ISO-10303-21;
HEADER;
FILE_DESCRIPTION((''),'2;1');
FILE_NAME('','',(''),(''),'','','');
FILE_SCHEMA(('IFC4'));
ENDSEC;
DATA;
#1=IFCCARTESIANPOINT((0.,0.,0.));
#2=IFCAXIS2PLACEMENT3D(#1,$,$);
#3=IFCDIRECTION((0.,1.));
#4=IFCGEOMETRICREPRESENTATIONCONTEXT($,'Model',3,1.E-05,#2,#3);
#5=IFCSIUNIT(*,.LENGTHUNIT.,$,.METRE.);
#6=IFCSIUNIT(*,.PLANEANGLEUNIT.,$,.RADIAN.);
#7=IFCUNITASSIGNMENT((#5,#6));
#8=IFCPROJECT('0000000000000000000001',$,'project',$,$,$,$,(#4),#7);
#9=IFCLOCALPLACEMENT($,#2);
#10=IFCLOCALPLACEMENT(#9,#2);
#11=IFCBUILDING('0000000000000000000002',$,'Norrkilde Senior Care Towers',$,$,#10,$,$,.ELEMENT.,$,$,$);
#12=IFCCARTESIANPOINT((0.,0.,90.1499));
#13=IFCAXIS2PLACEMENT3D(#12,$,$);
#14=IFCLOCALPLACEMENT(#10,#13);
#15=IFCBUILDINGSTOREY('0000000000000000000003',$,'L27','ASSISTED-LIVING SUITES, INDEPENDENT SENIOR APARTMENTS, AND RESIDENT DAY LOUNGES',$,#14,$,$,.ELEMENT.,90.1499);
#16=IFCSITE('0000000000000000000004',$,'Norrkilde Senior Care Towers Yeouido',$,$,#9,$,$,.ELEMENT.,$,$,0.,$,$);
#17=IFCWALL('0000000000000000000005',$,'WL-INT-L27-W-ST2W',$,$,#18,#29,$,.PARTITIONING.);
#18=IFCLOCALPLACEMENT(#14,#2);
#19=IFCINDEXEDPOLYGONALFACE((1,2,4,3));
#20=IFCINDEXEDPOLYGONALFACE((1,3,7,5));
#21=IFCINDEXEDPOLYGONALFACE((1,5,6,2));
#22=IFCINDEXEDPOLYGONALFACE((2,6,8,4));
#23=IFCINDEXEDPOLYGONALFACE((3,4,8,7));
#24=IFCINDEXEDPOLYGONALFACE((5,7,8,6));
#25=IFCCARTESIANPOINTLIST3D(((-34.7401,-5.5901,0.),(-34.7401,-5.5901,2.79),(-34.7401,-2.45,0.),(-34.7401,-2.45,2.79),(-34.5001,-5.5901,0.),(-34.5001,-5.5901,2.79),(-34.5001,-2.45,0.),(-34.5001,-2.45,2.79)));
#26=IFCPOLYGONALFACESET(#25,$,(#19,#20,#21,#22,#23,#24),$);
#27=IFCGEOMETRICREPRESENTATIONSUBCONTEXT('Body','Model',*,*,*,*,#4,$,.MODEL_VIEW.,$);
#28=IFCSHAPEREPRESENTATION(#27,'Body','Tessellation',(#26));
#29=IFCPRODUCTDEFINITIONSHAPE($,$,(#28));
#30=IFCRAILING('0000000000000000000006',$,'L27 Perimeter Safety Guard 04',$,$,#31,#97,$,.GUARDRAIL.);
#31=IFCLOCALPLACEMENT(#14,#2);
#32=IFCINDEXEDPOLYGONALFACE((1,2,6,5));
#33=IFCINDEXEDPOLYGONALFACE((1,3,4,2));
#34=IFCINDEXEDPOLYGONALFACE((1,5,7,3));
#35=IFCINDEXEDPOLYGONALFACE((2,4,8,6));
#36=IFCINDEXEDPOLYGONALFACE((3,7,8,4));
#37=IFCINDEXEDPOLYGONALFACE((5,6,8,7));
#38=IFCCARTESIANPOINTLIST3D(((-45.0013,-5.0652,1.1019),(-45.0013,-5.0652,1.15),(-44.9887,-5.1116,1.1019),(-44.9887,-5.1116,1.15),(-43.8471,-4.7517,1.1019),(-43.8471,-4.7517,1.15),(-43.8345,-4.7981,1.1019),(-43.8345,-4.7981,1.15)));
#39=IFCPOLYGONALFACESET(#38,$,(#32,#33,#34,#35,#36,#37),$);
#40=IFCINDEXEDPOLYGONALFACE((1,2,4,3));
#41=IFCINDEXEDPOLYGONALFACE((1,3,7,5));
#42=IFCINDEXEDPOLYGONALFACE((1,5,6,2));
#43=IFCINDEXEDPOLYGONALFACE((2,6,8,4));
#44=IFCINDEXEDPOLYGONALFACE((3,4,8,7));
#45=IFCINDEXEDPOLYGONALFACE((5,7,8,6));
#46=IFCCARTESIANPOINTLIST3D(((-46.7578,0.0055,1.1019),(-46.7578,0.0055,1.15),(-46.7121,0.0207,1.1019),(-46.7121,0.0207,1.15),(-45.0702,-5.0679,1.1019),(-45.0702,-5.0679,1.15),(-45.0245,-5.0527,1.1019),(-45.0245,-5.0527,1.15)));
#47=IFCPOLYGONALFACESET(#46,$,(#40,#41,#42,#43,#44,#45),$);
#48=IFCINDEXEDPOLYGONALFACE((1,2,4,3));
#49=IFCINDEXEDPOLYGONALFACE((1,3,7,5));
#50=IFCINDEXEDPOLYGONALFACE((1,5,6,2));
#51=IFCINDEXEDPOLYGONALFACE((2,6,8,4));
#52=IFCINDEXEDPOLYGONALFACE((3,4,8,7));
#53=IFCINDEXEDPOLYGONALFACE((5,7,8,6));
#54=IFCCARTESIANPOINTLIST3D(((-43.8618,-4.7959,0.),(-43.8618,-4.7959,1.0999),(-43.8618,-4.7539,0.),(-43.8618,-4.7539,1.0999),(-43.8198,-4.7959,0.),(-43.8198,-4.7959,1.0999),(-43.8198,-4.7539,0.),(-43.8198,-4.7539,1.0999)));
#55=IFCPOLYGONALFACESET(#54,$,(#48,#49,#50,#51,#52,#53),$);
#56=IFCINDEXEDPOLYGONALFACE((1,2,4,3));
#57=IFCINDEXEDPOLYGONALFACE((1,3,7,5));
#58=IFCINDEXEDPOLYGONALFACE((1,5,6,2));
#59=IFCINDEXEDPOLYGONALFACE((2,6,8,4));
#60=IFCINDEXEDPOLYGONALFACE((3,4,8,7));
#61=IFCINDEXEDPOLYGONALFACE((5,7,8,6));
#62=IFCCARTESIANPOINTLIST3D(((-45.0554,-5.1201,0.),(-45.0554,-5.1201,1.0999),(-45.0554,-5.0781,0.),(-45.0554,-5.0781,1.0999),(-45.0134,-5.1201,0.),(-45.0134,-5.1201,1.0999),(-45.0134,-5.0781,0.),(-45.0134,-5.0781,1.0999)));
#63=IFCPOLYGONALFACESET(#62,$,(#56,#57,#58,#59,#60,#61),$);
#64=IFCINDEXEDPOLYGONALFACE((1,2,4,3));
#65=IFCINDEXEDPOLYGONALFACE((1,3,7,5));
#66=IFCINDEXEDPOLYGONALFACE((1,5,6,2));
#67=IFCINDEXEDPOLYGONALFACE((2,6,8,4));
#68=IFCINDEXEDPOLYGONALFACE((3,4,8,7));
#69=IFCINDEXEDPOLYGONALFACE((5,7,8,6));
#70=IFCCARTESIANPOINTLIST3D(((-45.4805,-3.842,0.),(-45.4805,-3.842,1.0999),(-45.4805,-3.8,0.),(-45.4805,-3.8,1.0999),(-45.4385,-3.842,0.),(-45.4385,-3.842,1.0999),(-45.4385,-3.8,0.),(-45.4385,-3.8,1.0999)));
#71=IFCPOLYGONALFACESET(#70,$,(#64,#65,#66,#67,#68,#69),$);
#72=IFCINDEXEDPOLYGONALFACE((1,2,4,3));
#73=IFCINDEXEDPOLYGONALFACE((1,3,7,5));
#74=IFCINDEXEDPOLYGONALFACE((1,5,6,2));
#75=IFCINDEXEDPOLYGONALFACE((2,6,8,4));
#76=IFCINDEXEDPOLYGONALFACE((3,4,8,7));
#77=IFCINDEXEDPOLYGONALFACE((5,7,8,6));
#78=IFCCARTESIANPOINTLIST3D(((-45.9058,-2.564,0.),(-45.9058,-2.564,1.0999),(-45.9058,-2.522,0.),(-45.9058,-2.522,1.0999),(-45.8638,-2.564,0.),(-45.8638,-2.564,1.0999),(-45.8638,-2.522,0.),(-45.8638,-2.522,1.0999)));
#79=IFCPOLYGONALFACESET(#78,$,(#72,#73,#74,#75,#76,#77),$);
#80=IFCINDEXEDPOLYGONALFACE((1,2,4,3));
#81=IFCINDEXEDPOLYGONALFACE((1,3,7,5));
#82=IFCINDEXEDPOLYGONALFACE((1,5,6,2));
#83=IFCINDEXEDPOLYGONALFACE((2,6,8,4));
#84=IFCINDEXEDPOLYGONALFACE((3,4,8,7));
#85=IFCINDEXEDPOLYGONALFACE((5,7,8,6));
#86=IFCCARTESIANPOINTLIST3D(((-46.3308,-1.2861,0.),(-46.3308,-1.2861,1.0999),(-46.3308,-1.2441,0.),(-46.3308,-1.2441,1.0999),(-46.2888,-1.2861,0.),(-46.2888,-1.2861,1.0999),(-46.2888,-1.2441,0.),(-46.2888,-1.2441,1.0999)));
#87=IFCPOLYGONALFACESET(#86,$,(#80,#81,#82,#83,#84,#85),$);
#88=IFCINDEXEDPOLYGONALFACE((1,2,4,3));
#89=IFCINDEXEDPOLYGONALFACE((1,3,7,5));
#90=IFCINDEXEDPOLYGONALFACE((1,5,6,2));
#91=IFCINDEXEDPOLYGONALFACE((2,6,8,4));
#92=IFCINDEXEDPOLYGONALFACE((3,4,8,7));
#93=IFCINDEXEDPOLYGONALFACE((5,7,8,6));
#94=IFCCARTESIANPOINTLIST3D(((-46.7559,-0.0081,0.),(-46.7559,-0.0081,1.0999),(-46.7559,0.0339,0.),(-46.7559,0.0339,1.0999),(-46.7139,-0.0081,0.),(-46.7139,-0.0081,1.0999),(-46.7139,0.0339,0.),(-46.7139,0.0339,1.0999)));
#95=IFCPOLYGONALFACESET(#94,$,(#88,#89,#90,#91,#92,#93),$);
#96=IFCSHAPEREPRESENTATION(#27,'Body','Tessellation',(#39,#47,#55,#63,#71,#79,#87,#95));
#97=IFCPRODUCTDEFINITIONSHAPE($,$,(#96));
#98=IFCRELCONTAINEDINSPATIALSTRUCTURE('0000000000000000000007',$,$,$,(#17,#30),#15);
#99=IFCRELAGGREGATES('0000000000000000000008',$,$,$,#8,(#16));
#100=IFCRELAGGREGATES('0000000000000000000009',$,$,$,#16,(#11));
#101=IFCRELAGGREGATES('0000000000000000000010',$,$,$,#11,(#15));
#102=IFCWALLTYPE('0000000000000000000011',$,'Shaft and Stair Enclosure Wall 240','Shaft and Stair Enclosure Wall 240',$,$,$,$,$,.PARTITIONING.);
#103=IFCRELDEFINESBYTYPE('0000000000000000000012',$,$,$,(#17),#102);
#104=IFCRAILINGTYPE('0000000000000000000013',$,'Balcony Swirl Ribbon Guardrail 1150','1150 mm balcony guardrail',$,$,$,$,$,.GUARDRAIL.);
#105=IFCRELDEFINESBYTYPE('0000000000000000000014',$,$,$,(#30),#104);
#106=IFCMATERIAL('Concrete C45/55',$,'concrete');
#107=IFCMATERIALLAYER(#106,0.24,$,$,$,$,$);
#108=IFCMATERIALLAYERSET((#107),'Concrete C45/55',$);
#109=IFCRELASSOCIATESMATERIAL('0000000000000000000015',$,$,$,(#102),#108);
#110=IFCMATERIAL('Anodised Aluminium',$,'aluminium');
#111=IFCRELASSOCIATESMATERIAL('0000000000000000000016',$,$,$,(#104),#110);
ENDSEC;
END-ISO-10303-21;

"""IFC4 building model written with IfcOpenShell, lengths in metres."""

from ifc_helpers import new_model, si_unit, direction, frame, frame_2d, origin, origin_2d, place, context, subcontext, project, spatial, rectangle, extrude, source, transform, mapped, material, layer, layer_set, type_object, element, save


model = new_model("IFC4")

# Units and contexts
model_context = context("Model", 3, precision=1e-05, world=origin(), true_north=direction((0.0, 1.0)))
body_context = subcontext(model_context, "Body", "Model", "MODEL_VIEW")
ifc_project = project(units=[si_unit("LENGTHUNIT", "METRE"), si_unit("PLANEANGLEUNIT", "RADIAN")], contexts=[model_context])

# Site, building, storey
site_placement = place(None, origin())
site = spatial("IfcSite", under=ifc_project, at=site_placement, Name="Norrkilde Senior Care Towers Yeouido", CompositionType="ELEMENT", RefElevation=0.0)
building_placement = place(site_placement, origin())
building = spatial("IfcBuilding", under=site, at=building_placement, Name="Norrkilde Senior Care Towers", CompositionType="ELEMENT")
storey_placement = place(building_placement, frame((0.0, 0.0, 90.1499)))
storey = spatial("IfcBuildingStorey", under=building, at=storey_placement, Name="L27", Description="ASSISTED-LIVING SUITES, INDEPENDENT SENIOR APARTMENTS, AND RESIDENT DAY LOUNGES", CompositionType="ELEMENT", Elevation=90.1499)

# Shared definitions
ifc_material_1 = material(Name="Anodised Aluminium", Category="aluminium")

# Shared definitions
ifc_material_2 = material(Name="Concrete C45/55", Category="concrete")
ifc_layer_1 = layer(ifc_material_2, 0.24)
ifc_layer_set_1 = layer_set([ifc_layer_1], Name="Concrete C45/55")
wall_type_1 = type_object("IfcWallType", Name="Shaft and Stair Enclosure Wall 240", Description="Shaft and Stair Enclosure Wall 240", PredefinedType="PARTITIONING", material=ifc_layer_set_1)

# Wall
shared_shape_1 = source(origin(), body_context, "Body", "SweptSolid", [
    extrude(rectangle(XDim=3.1401, YDim=0.24, at=frame_2d((1.5701, 0.0))), origin(), (0.0, 0.0, 1.0), 2.79),
])
wall_1_placement = place(storey_placement, frame((-34.6201, -5.5901, 0.0), z_axis=(0.0, 0.0, 1.0), x_axis=(0.0, 1.0, 0.0)))
element("IfcWall", 1, at=wall_1_placement, inside=storey, type_object=wall_type_1, Name="WL-INT-L27-W-ST2W", PredefinedType="PARTITIONING", context=body_context, shape_type="MappedRepresentation", body=[
    mapped(shared_shape_1, transform((0.0, 0.0, 0.0), x_axis=(1.0, 0.0, 0.0), y_axis=(0.0, 1.0, 0.0), z_axis=(0.0, 0.0, 1.0), scale=1.0)),
])

# Railing
railing_type = type_object("IfcRailingType", Name="Balcony Swirl Ribbon Guardrail 1150", Description="1150 mm balcony guardrail", PredefinedType="GUARDRAIL", material=ifc_material_1)
railing_placement = place(storey_placement, frame((-43.8408, -4.7749, 0.0)))
element("IfcRailing", 2, at=railing_placement, inside=storey, type_object=railing_type, Name="L27 Perimeter Safety Guard 04", PredefinedType="GUARDRAIL", context=body_context, shape_type="SweptSolid", body=[
    extrude(rectangle(XDim=0.0481, YDim=0.0481, at=origin_2d()), frame((0.0, 0.0, 1.126), z_axis=(-0.965032, -0.262132, 0.0), x_axis=(0.262132, -0.965032, 0.0)), (0.0, 0.0, 1.0), 1.196),
    extrude(rectangle(XDim=0.0481, YDim=0.0481, at=origin_2d()), frame((-1.2065, -0.2854, 1.126), z_axis=(-0.31563, 0.948883, 0.0), x_axis=(-0.948883, -0.31563, 0.0)), (0.0, 0.0, 1.0), 5.3467),
    extrude(rectangle(XDim=0.042, YDim=0.042, at=origin_2d()), origin(), (0.0, 0.0, 1.0), 1.0999),
    extrude(rectangle(XDim=0.042, YDim=0.042, at=origin_2d()), frame((-1.1936, -0.3242, 0.0)), (0.0, 0.0, 1.0), 1.0999),
    extrude(rectangle(XDim=0.042, YDim=0.042, at=origin_2d()), frame((-1.6187, 0.9539, 0.0)), (0.0, 0.0, 1.0), 1.0999),
    extrude(rectangle(XDim=0.042, YDim=0.042, at=origin_2d()), frame((-2.0439, 2.2319, 0.0)), (0.0, 0.0, 1.0), 1.0999),
    extrude(rectangle(XDim=0.042, YDim=0.042, at=origin_2d()), frame((-2.469, 3.5098, 0.0)), (0.0, 0.0, 1.0), 1.0999),
    extrude(rectangle(XDim=0.042, YDim=0.042, at=origin_2d()), frame((-2.894, 4.7878, 0.0)), (0.0, 0.0, 1.0), 1.0999),
])

save(model, "model.ifc")
